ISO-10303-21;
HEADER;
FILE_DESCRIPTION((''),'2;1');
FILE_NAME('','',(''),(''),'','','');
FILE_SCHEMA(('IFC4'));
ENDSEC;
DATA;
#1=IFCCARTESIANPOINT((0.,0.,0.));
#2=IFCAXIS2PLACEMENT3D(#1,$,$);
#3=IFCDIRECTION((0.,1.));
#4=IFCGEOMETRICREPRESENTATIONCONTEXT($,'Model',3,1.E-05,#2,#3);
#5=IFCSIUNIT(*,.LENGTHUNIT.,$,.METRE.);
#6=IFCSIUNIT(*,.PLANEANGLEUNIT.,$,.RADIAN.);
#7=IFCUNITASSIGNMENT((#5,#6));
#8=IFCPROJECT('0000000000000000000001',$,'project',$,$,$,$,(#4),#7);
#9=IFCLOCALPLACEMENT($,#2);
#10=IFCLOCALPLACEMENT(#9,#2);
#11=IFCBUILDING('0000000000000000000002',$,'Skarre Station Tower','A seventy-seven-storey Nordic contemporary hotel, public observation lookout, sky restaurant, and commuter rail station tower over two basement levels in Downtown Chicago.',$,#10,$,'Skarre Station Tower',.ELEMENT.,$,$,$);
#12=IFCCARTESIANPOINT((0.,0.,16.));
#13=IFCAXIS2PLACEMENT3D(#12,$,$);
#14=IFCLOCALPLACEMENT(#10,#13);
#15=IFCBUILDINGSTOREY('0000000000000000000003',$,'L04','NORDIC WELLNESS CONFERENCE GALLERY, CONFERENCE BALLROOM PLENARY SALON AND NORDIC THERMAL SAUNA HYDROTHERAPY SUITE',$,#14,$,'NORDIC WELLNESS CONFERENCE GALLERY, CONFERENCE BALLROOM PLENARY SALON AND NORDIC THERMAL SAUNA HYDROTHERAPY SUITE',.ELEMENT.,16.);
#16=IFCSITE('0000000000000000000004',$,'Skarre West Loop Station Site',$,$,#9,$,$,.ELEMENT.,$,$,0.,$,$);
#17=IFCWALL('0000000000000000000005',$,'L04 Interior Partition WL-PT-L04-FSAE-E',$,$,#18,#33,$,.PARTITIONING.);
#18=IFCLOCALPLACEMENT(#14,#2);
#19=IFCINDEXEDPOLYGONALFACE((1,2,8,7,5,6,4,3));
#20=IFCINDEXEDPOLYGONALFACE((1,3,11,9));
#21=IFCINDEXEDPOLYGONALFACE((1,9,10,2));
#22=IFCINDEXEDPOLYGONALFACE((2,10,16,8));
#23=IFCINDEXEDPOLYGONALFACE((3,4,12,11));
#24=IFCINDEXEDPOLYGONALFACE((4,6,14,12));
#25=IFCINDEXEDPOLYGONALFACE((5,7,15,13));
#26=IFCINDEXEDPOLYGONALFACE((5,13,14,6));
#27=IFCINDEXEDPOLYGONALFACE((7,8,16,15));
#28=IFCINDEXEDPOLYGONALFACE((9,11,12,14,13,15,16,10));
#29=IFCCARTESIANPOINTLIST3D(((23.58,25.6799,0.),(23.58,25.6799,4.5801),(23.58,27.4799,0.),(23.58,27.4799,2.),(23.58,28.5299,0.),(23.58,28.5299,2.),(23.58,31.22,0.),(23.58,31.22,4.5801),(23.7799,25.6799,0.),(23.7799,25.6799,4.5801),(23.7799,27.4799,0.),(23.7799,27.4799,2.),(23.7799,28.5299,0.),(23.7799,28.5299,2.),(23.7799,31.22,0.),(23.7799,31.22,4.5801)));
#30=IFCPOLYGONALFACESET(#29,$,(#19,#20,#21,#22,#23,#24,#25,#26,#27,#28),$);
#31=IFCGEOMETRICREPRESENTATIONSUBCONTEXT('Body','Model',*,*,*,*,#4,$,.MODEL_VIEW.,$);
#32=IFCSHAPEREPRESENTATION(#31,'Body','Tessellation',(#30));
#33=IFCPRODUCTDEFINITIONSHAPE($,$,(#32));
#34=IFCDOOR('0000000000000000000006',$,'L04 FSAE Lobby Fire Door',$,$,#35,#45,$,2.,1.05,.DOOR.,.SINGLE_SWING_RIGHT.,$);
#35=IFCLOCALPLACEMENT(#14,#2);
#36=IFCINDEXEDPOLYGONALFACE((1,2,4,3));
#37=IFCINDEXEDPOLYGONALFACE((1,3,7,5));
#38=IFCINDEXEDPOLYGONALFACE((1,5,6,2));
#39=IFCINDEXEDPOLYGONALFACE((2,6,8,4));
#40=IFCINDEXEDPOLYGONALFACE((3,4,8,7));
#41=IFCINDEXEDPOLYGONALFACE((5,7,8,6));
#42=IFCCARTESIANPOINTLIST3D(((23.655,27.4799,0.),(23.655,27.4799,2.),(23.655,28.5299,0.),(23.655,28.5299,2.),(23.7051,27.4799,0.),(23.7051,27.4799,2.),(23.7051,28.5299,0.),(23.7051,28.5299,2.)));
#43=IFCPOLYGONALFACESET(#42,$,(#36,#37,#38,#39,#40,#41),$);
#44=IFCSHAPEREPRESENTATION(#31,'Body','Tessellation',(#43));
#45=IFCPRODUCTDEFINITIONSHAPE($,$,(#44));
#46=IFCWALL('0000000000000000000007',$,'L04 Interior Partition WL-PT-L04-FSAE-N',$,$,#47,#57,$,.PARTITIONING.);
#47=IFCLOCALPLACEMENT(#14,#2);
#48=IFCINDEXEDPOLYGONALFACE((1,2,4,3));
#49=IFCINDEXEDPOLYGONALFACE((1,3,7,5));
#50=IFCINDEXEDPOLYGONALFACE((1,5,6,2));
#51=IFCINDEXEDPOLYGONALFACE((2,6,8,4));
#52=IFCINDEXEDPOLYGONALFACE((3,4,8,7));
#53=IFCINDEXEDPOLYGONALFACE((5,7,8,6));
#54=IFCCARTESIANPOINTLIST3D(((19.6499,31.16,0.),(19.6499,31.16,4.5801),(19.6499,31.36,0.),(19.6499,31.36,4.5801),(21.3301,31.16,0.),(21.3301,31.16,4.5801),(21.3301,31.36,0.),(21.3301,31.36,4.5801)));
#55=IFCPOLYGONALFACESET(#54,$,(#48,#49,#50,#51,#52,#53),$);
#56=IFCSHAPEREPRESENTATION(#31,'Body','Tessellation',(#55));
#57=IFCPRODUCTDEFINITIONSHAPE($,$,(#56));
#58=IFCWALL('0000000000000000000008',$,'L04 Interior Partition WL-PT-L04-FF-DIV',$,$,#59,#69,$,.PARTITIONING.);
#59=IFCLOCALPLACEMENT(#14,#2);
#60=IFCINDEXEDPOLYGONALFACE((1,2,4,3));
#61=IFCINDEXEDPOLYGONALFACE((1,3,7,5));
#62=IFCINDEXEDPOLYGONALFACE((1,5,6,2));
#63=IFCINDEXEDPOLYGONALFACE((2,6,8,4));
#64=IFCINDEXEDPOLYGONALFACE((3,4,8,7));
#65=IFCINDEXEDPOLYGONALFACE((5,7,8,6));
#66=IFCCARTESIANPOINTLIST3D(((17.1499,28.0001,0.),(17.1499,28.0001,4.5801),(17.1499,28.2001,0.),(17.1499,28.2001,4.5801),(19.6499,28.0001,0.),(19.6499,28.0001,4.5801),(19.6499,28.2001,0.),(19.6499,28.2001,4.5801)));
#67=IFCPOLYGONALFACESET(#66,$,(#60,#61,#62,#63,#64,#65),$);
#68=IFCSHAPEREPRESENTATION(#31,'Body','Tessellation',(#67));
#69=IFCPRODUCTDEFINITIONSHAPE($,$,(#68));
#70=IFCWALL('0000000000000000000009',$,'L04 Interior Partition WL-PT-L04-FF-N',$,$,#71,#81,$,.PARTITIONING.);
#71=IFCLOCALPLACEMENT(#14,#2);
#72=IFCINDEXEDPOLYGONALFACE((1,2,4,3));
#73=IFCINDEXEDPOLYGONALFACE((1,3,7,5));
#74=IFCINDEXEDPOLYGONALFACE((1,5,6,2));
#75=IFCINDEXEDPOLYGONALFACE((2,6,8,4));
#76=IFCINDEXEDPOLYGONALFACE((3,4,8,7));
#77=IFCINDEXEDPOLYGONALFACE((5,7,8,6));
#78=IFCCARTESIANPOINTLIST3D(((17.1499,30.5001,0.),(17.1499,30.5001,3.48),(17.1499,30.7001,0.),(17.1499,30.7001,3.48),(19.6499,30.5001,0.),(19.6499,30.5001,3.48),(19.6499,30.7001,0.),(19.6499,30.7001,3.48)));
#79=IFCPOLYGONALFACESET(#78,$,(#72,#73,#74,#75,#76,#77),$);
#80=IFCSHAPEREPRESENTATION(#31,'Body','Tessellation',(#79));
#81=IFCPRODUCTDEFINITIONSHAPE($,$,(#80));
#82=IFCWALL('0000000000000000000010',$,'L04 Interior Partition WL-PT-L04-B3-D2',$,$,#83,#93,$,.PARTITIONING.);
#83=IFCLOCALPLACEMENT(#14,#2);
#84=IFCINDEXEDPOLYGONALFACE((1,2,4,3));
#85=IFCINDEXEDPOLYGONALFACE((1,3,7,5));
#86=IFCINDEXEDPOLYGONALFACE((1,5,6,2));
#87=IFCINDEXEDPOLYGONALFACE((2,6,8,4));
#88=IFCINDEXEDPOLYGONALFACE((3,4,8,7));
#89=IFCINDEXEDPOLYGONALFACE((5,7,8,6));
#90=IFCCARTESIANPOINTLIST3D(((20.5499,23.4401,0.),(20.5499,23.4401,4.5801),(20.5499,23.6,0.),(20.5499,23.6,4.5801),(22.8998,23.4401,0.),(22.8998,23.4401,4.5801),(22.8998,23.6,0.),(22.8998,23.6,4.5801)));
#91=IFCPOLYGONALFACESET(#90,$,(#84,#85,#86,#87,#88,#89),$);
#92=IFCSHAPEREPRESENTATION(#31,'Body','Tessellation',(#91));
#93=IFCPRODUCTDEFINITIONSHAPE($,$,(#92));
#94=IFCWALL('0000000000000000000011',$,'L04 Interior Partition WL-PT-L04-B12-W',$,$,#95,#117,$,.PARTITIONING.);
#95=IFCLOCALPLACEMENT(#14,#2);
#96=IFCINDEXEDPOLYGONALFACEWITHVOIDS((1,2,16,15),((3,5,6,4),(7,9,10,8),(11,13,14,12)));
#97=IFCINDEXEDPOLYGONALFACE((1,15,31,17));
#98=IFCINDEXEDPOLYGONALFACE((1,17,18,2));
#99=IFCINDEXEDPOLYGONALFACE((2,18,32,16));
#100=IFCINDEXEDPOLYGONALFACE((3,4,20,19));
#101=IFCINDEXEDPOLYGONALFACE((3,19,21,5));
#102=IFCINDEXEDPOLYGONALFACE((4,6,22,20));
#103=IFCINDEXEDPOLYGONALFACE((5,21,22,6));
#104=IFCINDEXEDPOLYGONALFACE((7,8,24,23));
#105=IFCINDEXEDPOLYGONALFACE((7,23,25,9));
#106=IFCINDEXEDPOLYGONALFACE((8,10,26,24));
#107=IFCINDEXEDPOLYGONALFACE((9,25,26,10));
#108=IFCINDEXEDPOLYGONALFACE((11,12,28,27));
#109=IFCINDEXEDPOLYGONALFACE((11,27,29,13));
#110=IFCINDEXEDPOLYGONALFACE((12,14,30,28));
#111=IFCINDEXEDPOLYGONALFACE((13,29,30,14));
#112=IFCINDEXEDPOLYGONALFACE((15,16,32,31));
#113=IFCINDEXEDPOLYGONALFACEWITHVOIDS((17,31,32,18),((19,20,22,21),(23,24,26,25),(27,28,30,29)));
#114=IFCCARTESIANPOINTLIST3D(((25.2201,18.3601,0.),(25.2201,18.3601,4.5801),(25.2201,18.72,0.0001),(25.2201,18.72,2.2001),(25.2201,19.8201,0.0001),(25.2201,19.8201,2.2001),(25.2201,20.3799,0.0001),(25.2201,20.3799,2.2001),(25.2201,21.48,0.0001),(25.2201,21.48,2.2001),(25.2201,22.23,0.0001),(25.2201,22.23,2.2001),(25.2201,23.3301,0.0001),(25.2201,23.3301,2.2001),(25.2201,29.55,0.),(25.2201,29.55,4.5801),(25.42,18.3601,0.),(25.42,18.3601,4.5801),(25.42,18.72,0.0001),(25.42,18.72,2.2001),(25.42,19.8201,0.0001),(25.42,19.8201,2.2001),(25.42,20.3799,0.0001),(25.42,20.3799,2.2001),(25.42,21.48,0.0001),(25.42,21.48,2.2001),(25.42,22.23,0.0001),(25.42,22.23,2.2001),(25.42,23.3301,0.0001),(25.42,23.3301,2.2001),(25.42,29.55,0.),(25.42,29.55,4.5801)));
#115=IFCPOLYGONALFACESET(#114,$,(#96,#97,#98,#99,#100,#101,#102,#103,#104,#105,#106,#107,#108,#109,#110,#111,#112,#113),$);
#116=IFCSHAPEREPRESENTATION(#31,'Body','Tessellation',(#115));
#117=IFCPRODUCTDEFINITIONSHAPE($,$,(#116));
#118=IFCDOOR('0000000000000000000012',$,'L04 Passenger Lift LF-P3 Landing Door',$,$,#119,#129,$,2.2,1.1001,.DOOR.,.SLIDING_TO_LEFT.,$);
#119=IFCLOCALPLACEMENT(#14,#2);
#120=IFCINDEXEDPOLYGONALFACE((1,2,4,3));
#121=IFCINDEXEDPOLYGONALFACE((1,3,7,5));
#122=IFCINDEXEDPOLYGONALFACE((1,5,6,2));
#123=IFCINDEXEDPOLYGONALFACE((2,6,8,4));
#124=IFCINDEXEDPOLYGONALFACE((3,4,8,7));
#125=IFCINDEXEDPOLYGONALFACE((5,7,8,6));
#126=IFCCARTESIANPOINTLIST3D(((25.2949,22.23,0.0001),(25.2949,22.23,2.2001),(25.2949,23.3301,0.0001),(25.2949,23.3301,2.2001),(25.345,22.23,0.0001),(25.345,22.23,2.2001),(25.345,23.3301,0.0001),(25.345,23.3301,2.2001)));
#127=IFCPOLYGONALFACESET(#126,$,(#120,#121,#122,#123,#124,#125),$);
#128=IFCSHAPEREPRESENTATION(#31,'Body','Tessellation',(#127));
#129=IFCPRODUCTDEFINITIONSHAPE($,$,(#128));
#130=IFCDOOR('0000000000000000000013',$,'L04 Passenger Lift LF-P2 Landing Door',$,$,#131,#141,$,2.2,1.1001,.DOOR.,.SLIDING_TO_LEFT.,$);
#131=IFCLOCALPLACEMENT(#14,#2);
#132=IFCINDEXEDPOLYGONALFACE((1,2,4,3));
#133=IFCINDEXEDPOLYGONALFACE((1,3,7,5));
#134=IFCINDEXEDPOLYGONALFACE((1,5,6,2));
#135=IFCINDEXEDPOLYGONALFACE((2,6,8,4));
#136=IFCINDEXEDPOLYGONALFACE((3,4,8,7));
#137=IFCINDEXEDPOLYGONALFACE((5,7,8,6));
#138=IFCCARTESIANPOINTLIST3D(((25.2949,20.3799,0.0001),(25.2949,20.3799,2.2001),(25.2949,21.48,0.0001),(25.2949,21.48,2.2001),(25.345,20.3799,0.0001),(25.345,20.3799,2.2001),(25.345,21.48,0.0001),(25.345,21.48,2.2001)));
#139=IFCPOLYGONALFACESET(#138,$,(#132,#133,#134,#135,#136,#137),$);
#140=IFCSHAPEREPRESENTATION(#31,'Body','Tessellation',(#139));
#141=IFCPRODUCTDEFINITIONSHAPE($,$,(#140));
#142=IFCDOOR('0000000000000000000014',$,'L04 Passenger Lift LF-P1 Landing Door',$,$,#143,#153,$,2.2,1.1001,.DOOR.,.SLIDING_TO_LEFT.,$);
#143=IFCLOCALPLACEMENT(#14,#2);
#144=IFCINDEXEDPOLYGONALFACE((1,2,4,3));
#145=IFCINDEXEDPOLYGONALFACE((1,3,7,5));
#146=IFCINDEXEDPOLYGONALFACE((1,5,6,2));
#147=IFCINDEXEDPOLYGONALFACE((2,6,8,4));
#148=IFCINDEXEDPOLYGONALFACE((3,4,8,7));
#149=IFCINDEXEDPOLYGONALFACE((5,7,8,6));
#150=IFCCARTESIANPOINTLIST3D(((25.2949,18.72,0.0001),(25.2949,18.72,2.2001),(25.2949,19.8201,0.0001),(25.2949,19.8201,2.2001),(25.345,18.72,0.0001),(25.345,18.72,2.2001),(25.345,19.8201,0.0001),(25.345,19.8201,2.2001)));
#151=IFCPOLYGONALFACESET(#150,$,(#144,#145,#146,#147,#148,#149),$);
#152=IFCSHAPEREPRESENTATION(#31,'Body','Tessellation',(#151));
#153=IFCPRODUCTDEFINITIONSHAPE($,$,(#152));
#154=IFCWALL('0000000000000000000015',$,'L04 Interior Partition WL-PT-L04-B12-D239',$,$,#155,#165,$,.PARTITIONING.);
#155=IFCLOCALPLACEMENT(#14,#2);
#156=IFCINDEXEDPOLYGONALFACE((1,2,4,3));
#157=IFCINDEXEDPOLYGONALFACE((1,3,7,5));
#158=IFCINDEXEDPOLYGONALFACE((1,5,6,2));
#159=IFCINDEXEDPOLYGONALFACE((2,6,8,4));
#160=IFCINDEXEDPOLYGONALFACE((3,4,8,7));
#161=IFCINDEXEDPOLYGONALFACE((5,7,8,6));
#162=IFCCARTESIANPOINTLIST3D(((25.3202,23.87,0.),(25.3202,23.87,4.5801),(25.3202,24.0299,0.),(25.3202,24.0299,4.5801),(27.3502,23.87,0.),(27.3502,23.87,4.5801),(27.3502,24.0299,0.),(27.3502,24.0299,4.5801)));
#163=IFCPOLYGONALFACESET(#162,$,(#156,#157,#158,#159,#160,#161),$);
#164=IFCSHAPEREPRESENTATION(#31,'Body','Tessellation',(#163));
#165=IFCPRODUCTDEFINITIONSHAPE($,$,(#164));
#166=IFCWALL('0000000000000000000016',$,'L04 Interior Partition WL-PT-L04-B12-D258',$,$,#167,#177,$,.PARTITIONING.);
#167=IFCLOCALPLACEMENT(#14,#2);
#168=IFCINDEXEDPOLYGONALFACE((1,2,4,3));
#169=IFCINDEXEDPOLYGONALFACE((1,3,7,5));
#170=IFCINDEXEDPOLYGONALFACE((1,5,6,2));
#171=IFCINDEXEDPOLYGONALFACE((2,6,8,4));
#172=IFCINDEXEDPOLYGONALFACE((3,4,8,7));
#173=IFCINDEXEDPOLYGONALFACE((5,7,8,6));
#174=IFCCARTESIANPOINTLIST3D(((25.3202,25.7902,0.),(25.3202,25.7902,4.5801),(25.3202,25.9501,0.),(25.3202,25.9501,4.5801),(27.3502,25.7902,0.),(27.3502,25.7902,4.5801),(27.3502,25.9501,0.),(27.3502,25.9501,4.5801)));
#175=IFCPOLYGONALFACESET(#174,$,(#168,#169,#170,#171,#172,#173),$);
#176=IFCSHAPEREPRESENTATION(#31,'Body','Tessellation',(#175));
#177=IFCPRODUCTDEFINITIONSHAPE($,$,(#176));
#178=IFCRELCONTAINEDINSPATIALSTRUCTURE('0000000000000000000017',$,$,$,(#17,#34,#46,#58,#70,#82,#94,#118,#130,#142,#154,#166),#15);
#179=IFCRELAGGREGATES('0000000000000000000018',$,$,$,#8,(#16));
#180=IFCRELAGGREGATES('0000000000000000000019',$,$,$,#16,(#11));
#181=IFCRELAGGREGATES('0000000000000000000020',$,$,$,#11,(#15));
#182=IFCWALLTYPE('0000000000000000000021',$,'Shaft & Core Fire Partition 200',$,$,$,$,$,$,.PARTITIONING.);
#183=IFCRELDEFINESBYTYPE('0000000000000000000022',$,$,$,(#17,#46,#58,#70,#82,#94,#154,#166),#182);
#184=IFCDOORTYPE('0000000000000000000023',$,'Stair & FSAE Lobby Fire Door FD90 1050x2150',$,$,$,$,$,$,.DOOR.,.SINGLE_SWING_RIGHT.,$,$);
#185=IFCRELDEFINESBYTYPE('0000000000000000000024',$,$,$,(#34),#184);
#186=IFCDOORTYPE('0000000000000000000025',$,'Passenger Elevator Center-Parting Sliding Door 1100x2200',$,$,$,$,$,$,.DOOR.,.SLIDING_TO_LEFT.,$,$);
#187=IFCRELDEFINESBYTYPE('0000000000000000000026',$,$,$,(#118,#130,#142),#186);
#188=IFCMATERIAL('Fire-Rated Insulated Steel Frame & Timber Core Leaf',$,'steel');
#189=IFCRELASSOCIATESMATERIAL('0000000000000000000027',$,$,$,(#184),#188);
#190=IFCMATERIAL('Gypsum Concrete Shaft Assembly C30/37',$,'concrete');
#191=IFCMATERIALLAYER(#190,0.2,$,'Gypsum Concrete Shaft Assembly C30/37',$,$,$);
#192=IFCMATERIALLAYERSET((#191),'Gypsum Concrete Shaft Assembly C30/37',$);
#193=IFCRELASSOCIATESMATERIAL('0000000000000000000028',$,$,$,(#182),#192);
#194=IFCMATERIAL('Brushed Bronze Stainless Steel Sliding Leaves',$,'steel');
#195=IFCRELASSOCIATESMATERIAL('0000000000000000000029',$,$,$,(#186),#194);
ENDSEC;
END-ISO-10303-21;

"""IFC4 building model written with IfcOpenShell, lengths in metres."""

from ifc_helpers import new_model, si_unit, direction, frame, frame_2d, origin, place, context, subcontext, project, spatial, rectangle, extrude, material, layer, layer_set, type_object, element, fill, save


model = new_model("IFC4")

# Units and contexts
model_context = context("Model", 3, precision=1e-05, world=origin(), true_north=direction((0.0, 1.0)))
body_context = subcontext(model_context, "Body", "Model", "MODEL_VIEW")
ifc_project = project(units=[si_unit("LENGTHUNIT", "METRE"), si_unit("PLANEANGLEUNIT", "RADIAN")], contexts=[model_context])

# Site, building, storey
site_placement = place(None, origin())
site = spatial("IfcSite", under=ifc_project, at=site_placement, Name="Skarre West Loop Station Site", CompositionType="ELEMENT", RefElevation=0.0)
building_placement = place(site_placement, origin())
building = spatial("IfcBuilding", under=site, at=building_placement, Name="Skarre Station Tower", Description="A seventy-seven-storey Nordic contemporary hotel, public observation lookout, sky restaurant, and commuter rail station tower over two basement levels in Downtown Chicago.", LongName="Skarre Station Tower", CompositionType="ELEMENT")
storey_placement = place(building_placement, frame((0.0, 0.0, 16.0)))
storey = spatial("IfcBuildingStorey", under=building, at=storey_placement, Name="L04", Description="NORDIC WELLNESS CONFERENCE GALLERY, CONFERENCE BALLROOM PLENARY SALON AND NORDIC THERMAL SAUNA HYDROTHERAPY SUITE", LongName="NORDIC WELLNESS CONFERENCE GALLERY, CONFERENCE BALLROOM PLENARY SALON AND NORDIC THERMAL SAUNA HYDROTHERAPY SUITE", CompositionType="ELEMENT", Elevation=16.0)

# Shared definitions
ifc_material_1 = material(Name="Fire-Rated Insulated Steel Frame & Timber Core Leaf", Category="steel")
door_type_1 = type_object("IfcDoorType", Name="Stair & FSAE Lobby Fire Door FD90 1050x2150", OperationType="SINGLE_SWING_RIGHT", PredefinedType="DOOR", material=ifc_material_1)

# Shared definitions
ifc_material_2 = material(Name="Gypsum Concrete Shaft Assembly C30/37", Category="concrete")
ifc_layer_1 = layer(ifc_material_2, 0.2, Name="Gypsum Concrete Shaft Assembly C30/37")
ifc_layer_set_1 = layer_set([ifc_layer_1], Name="Gypsum Concrete Shaft Assembly C30/37")
wall_type_1 = type_object("IfcWallType", Name="Shaft & Core Fire Partition 200", PredefinedType="PARTITIONING", material=ifc_layer_set_1)

# Wall, opening, door
wall_1_placement = place(storey_placement, frame((23.6799, 25.6799, 0.0), z_axis=(0.0, 0.0, 1.0), x_axis=(0.0, 1.0, 0.0)))
wall_1 = element("IfcWall", 1, at=wall_1_placement, inside=storey, type_object=wall_type_1, Name="L04 Interior Partition WL-PT-L04-FSAE-E", PredefinedType="PARTITIONING", context=body_context, shape_type="SweptSolid", body=[
    extrude(rectangle(XDim=5.54, YDim=0.2, at=frame_2d((2.77, 0.0))), origin(), (0.0, 0.0, 1.0), 4.5801),
])
opening_1_placement = place(wall_1_placement, frame((1.8, 0.0, 0.0)))
opening_1 = element("IfcOpeningElement", 2, at=opening_1_placement, cuts=wall_1, PredefinedType="OPENING", context=body_context, shape_type="SweptSolid", body=[
    extrude(rectangle(XDim=1.05, YDim=2.0, at=frame_2d((0.5249, 1.0))), frame((0.0, 0.1099, 0.0), z_axis=(0.0, -1.0, 0.0), x_axis=(1.0, 0.0, 0.0)), (0.0, 0.0, 1.0), 0.22),
])
door_1_placement = place(opening_1_placement, origin())
door_1 = element("IfcDoor", 3, at=door_1_placement, inside=storey, type_object=door_type_1, Name="L04 FSAE Lobby Fire Door", OperationType="SINGLE_SWING_RIGHT", OverallHeight=2.0, OverallWidth=1.05, PredefinedType="DOOR", context=body_context, shape_type="SweptSolid", body=[
    extrude(rectangle(XDim=1.05, YDim=2.0, at=frame_2d((0.5249, 1.0))), frame((0.0, 0.0249, 0.0), z_axis=(0.0, -1.0, 0.0), x_axis=(1.0, 0.0, 0.0)), (0.0, 0.0, 1.0), 0.05),
])
fill(opening_1, door_1)

# Walls
wall_2_placement = place(storey_placement, frame((21.3301, 31.26, 0.0), z_axis=(0.0, 0.0, 1.0), x_axis=(-1.0, 0.0, 0.0)))
element("IfcWall", 4, at=wall_2_placement, inside=storey, type_object=wall_type_1, Name="L04 Interior Partition WL-PT-L04-FSAE-N", PredefinedType="PARTITIONING", context=body_context, shape_type="SweptSolid", body=[
    extrude(rectangle(XDim=1.6802, YDim=0.2, at=frame_2d((0.8401, 0.0))), origin(), (0.0, 0.0, 1.0), 4.5801),
])
wall_3_placement = place(storey_placement, frame((17.1499, 28.1001, 0.0), z_axis=(0.0, 0.0, 1.0), x_axis=(1.0, 0.0, 0.0)))
element("IfcWall", 5, at=wall_3_placement, inside=storey, type_object=wall_type_1, Name="L04 Interior Partition WL-PT-L04-FF-DIV", PredefinedType="PARTITIONING", context=body_context, shape_type="SweptSolid", body=[
    extrude(rectangle(XDim=2.5, YDim=0.2, at=frame_2d((1.25, 0.0))), origin(), (0.0, 0.0, 1.0), 4.5801),
])
wall_4_placement = place(storey_placement, frame((19.6499, 30.6001, 0.0), z_axis=(0.0, 0.0, 1.0), x_axis=(-1.0, 0.0, 0.0)))
element("IfcWall", 6, at=wall_4_placement, inside=storey, type_object=wall_type_1, Name="L04 Interior Partition WL-PT-L04-FF-N", PredefinedType="PARTITIONING", context=body_context, shape_type="SweptSolid", body=[
    extrude(rectangle(XDim=2.5, YDim=0.2, at=frame_2d((1.25, 0.0))), origin(), (0.0, 0.0, 1.0), 3.48),
])
wall_5_placement = place(storey_placement, frame((20.55, 23.52, 0.0), z_axis=(0.0, 0.0, 1.0), x_axis=(1.0, 0.0, 0.0)))
element("IfcWall", 7, at=wall_5_placement, inside=storey, type_object=wall_type_1, Name="L04 Interior Partition WL-PT-L04-B3-D2", PredefinedType="PARTITIONING", context=body_context, shape_type="SweptSolid", body=[
    extrude(rectangle(XDim=2.3499, YDim=0.1599, at=frame_2d((1.1748, 0.0))), origin(), (0.0, 0.0, 1.0), 4.5801),
])

# Wall, openings, doors
wall_6_placement = place(storey_placement, frame((25.3201, 29.55, 0.0), z_axis=(0.0, 0.0, 1.0), x_axis=(0.0, -1.0, 0.0)))
wall_6 = element("IfcWall", 8, at=wall_6_placement, inside=storey, type_object=wall_type_1, Name="L04 Interior Partition WL-PT-L04-B12-W", PredefinedType="PARTITIONING", context=body_context, shape_type="SweptSolid", body=[
    extrude(rectangle(XDim=11.1899, YDim=0.2, at=frame_2d((5.595, 0.0))), origin(), (0.0, 0.0, 1.0), 4.5801),
])
opening_2_placement = place(wall_6_placement, frame((6.22, 0.0, 0.0)))
opening_2 = element("IfcOpeningElement", 9, at=opening_2_placement, cuts=wall_6, PredefinedType="OPENING", context=body_context, shape_type="SweptSolid", body=[
    extrude(rectangle(XDim=1.1001, YDim=2.2, at=frame_2d((0.55, 1.1001))), frame((0.0, 0.1099, 0.0), z_axis=(0.0, -1.0, 0.0), x_axis=(1.0, 0.0, 0.0)), (0.0, 0.0, 1.0), 0.22),
])
opening_3_placement = place(wall_6_placement, frame((8.0701, 0.0, 0.0)))
opening_3 = element("IfcOpeningElement", 10, at=opening_3_placement, cuts=wall_6, PredefinedType="OPENING", context=body_context, shape_type="SweptSolid", body=[
    extrude(rectangle(XDim=1.1001, YDim=2.2, at=frame_2d((0.55, 1.1001))), frame((0.0, 0.1099, 0.0), z_axis=(0.0, -1.0, 0.0), x_axis=(1.0, 0.0, 0.0)), (0.0, 0.0, 1.0), 0.22),
])
opening_4_placement = place(wall_6_placement, frame((9.73, 0.0, 0.0)))
opening_4 = element("IfcOpeningElement", 11, at=opening_4_placement, cuts=wall_6, PredefinedType="OPENING", context=body_context, shape_type="SweptSolid", body=[
    extrude(rectangle(XDim=1.1001, YDim=2.2, at=frame_2d((0.55, 1.1001))), frame((0.0, 0.1099, 0.0), z_axis=(0.0, -1.0, 0.0), x_axis=(1.0, 0.0, 0.0)), (0.0, 0.0, 1.0), 0.22),
])
ifc_material_3 = material(Name="Brushed Bronze Stainless Steel Sliding Leaves", Category="steel")
door_type_2 = type_object("IfcDoorType", Name="Passenger Elevator Center-Parting Sliding Door 1100x2200", OperationType="SLIDING_TO_LEFT", PredefinedType="DOOR", material=ifc_material_3)
door_2_placement = place(opening_2_placement, origin())
door_2 = element("IfcDoor", 12, at=door_2_placement, inside=storey, type_object=door_type_2, Name="L04 Passenger Lift LF-P3 Landing Door", OperationType="SLIDING_TO_LEFT", OverallHeight=2.2, OverallWidth=1.1001, PredefinedType="DOOR", context=body_context, shape_type="SweptSolid", body=[
    extrude(rectangle(XDim=1.1001, YDim=2.2, at=frame_2d((0.55, 1.1001))), frame((0.0, 0.0249, 0.0), z_axis=(0.0, -1.0, 0.0), x_axis=(1.0, 0.0, 0.0)), (0.0, 0.0, 1.0), 0.05),
])
fill(opening_2, door_2)
door_3_placement = place(opening_3_placement, origin())
door_3 = element("IfcDoor", 13, at=door_3_placement, inside=storey, type_object=door_type_2, Name="L04 Passenger Lift LF-P2 Landing Door", OperationType="SLIDING_TO_LEFT", OverallHeight=2.2, OverallWidth=1.1001, PredefinedType="DOOR", context=body_context, shape_type="SweptSolid", body=[
    extrude(rectangle(XDim=1.1001, YDim=2.2, at=frame_2d((0.55, 1.1001))), frame((0.0, 0.0249, 0.0), z_axis=(0.0, -1.0, 0.0), x_axis=(1.0, 0.0, 0.0)), (0.0, 0.0, 1.0), 0.05),
])
fill(opening_3, door_3)
door_4_placement = place(opening_4_placement, origin())
door_4 = element("IfcDoor", 14, at=door_4_placement, inside=storey, type_object=door_type_2, Name="L04 Passenger Lift LF-P1 Landing Door", OperationType="SLIDING_TO_LEFT", OverallHeight=2.2, OverallWidth=1.1001, PredefinedType="DOOR", context=body_context, shape_type="SweptSolid", body=[
    extrude(rectangle(XDim=1.1001, YDim=2.2, at=frame_2d((0.55, 1.1001))), frame((0.0, 0.0249, 0.0), z_axis=(0.0, -1.0, 0.0), x_axis=(1.0, 0.0, 0.0)), (0.0, 0.0, 1.0), 0.05),
])
fill(opening_4, door_4)

# Walls
for number, where, z_axis, x_axis, name in (
    (15, (25.3201, 23.95, 0.0), (0.0, 0.0, 1.0), (1.0, 0.0, 0.0), "L04 Interior Partition WL-PT-L04-B12-D239"),
    (16, (25.3201, 25.8701, 0.0), (0.0, 0.0, 1.0), (1.0, 0.0, 0.0), "L04 Interior Partition WL-PT-L04-B12-D258"),
):
    element("IfcWall", number, at=place(storey_placement, frame(where, z_axis=z_axis, x_axis=x_axis)), inside=storey, type_object=wall_type_1, Name=name, PredefinedType="PARTITIONING", context=body_context, shape_type="SweptSolid", body=[
        extrude(rectangle(XDim=2.03, YDim=0.1599, at=frame_2d((1.0151, 0.0))), origin(), (0.0, 0.0, 1.0), 4.5801),
    ])

save(model, "model.ifc")
